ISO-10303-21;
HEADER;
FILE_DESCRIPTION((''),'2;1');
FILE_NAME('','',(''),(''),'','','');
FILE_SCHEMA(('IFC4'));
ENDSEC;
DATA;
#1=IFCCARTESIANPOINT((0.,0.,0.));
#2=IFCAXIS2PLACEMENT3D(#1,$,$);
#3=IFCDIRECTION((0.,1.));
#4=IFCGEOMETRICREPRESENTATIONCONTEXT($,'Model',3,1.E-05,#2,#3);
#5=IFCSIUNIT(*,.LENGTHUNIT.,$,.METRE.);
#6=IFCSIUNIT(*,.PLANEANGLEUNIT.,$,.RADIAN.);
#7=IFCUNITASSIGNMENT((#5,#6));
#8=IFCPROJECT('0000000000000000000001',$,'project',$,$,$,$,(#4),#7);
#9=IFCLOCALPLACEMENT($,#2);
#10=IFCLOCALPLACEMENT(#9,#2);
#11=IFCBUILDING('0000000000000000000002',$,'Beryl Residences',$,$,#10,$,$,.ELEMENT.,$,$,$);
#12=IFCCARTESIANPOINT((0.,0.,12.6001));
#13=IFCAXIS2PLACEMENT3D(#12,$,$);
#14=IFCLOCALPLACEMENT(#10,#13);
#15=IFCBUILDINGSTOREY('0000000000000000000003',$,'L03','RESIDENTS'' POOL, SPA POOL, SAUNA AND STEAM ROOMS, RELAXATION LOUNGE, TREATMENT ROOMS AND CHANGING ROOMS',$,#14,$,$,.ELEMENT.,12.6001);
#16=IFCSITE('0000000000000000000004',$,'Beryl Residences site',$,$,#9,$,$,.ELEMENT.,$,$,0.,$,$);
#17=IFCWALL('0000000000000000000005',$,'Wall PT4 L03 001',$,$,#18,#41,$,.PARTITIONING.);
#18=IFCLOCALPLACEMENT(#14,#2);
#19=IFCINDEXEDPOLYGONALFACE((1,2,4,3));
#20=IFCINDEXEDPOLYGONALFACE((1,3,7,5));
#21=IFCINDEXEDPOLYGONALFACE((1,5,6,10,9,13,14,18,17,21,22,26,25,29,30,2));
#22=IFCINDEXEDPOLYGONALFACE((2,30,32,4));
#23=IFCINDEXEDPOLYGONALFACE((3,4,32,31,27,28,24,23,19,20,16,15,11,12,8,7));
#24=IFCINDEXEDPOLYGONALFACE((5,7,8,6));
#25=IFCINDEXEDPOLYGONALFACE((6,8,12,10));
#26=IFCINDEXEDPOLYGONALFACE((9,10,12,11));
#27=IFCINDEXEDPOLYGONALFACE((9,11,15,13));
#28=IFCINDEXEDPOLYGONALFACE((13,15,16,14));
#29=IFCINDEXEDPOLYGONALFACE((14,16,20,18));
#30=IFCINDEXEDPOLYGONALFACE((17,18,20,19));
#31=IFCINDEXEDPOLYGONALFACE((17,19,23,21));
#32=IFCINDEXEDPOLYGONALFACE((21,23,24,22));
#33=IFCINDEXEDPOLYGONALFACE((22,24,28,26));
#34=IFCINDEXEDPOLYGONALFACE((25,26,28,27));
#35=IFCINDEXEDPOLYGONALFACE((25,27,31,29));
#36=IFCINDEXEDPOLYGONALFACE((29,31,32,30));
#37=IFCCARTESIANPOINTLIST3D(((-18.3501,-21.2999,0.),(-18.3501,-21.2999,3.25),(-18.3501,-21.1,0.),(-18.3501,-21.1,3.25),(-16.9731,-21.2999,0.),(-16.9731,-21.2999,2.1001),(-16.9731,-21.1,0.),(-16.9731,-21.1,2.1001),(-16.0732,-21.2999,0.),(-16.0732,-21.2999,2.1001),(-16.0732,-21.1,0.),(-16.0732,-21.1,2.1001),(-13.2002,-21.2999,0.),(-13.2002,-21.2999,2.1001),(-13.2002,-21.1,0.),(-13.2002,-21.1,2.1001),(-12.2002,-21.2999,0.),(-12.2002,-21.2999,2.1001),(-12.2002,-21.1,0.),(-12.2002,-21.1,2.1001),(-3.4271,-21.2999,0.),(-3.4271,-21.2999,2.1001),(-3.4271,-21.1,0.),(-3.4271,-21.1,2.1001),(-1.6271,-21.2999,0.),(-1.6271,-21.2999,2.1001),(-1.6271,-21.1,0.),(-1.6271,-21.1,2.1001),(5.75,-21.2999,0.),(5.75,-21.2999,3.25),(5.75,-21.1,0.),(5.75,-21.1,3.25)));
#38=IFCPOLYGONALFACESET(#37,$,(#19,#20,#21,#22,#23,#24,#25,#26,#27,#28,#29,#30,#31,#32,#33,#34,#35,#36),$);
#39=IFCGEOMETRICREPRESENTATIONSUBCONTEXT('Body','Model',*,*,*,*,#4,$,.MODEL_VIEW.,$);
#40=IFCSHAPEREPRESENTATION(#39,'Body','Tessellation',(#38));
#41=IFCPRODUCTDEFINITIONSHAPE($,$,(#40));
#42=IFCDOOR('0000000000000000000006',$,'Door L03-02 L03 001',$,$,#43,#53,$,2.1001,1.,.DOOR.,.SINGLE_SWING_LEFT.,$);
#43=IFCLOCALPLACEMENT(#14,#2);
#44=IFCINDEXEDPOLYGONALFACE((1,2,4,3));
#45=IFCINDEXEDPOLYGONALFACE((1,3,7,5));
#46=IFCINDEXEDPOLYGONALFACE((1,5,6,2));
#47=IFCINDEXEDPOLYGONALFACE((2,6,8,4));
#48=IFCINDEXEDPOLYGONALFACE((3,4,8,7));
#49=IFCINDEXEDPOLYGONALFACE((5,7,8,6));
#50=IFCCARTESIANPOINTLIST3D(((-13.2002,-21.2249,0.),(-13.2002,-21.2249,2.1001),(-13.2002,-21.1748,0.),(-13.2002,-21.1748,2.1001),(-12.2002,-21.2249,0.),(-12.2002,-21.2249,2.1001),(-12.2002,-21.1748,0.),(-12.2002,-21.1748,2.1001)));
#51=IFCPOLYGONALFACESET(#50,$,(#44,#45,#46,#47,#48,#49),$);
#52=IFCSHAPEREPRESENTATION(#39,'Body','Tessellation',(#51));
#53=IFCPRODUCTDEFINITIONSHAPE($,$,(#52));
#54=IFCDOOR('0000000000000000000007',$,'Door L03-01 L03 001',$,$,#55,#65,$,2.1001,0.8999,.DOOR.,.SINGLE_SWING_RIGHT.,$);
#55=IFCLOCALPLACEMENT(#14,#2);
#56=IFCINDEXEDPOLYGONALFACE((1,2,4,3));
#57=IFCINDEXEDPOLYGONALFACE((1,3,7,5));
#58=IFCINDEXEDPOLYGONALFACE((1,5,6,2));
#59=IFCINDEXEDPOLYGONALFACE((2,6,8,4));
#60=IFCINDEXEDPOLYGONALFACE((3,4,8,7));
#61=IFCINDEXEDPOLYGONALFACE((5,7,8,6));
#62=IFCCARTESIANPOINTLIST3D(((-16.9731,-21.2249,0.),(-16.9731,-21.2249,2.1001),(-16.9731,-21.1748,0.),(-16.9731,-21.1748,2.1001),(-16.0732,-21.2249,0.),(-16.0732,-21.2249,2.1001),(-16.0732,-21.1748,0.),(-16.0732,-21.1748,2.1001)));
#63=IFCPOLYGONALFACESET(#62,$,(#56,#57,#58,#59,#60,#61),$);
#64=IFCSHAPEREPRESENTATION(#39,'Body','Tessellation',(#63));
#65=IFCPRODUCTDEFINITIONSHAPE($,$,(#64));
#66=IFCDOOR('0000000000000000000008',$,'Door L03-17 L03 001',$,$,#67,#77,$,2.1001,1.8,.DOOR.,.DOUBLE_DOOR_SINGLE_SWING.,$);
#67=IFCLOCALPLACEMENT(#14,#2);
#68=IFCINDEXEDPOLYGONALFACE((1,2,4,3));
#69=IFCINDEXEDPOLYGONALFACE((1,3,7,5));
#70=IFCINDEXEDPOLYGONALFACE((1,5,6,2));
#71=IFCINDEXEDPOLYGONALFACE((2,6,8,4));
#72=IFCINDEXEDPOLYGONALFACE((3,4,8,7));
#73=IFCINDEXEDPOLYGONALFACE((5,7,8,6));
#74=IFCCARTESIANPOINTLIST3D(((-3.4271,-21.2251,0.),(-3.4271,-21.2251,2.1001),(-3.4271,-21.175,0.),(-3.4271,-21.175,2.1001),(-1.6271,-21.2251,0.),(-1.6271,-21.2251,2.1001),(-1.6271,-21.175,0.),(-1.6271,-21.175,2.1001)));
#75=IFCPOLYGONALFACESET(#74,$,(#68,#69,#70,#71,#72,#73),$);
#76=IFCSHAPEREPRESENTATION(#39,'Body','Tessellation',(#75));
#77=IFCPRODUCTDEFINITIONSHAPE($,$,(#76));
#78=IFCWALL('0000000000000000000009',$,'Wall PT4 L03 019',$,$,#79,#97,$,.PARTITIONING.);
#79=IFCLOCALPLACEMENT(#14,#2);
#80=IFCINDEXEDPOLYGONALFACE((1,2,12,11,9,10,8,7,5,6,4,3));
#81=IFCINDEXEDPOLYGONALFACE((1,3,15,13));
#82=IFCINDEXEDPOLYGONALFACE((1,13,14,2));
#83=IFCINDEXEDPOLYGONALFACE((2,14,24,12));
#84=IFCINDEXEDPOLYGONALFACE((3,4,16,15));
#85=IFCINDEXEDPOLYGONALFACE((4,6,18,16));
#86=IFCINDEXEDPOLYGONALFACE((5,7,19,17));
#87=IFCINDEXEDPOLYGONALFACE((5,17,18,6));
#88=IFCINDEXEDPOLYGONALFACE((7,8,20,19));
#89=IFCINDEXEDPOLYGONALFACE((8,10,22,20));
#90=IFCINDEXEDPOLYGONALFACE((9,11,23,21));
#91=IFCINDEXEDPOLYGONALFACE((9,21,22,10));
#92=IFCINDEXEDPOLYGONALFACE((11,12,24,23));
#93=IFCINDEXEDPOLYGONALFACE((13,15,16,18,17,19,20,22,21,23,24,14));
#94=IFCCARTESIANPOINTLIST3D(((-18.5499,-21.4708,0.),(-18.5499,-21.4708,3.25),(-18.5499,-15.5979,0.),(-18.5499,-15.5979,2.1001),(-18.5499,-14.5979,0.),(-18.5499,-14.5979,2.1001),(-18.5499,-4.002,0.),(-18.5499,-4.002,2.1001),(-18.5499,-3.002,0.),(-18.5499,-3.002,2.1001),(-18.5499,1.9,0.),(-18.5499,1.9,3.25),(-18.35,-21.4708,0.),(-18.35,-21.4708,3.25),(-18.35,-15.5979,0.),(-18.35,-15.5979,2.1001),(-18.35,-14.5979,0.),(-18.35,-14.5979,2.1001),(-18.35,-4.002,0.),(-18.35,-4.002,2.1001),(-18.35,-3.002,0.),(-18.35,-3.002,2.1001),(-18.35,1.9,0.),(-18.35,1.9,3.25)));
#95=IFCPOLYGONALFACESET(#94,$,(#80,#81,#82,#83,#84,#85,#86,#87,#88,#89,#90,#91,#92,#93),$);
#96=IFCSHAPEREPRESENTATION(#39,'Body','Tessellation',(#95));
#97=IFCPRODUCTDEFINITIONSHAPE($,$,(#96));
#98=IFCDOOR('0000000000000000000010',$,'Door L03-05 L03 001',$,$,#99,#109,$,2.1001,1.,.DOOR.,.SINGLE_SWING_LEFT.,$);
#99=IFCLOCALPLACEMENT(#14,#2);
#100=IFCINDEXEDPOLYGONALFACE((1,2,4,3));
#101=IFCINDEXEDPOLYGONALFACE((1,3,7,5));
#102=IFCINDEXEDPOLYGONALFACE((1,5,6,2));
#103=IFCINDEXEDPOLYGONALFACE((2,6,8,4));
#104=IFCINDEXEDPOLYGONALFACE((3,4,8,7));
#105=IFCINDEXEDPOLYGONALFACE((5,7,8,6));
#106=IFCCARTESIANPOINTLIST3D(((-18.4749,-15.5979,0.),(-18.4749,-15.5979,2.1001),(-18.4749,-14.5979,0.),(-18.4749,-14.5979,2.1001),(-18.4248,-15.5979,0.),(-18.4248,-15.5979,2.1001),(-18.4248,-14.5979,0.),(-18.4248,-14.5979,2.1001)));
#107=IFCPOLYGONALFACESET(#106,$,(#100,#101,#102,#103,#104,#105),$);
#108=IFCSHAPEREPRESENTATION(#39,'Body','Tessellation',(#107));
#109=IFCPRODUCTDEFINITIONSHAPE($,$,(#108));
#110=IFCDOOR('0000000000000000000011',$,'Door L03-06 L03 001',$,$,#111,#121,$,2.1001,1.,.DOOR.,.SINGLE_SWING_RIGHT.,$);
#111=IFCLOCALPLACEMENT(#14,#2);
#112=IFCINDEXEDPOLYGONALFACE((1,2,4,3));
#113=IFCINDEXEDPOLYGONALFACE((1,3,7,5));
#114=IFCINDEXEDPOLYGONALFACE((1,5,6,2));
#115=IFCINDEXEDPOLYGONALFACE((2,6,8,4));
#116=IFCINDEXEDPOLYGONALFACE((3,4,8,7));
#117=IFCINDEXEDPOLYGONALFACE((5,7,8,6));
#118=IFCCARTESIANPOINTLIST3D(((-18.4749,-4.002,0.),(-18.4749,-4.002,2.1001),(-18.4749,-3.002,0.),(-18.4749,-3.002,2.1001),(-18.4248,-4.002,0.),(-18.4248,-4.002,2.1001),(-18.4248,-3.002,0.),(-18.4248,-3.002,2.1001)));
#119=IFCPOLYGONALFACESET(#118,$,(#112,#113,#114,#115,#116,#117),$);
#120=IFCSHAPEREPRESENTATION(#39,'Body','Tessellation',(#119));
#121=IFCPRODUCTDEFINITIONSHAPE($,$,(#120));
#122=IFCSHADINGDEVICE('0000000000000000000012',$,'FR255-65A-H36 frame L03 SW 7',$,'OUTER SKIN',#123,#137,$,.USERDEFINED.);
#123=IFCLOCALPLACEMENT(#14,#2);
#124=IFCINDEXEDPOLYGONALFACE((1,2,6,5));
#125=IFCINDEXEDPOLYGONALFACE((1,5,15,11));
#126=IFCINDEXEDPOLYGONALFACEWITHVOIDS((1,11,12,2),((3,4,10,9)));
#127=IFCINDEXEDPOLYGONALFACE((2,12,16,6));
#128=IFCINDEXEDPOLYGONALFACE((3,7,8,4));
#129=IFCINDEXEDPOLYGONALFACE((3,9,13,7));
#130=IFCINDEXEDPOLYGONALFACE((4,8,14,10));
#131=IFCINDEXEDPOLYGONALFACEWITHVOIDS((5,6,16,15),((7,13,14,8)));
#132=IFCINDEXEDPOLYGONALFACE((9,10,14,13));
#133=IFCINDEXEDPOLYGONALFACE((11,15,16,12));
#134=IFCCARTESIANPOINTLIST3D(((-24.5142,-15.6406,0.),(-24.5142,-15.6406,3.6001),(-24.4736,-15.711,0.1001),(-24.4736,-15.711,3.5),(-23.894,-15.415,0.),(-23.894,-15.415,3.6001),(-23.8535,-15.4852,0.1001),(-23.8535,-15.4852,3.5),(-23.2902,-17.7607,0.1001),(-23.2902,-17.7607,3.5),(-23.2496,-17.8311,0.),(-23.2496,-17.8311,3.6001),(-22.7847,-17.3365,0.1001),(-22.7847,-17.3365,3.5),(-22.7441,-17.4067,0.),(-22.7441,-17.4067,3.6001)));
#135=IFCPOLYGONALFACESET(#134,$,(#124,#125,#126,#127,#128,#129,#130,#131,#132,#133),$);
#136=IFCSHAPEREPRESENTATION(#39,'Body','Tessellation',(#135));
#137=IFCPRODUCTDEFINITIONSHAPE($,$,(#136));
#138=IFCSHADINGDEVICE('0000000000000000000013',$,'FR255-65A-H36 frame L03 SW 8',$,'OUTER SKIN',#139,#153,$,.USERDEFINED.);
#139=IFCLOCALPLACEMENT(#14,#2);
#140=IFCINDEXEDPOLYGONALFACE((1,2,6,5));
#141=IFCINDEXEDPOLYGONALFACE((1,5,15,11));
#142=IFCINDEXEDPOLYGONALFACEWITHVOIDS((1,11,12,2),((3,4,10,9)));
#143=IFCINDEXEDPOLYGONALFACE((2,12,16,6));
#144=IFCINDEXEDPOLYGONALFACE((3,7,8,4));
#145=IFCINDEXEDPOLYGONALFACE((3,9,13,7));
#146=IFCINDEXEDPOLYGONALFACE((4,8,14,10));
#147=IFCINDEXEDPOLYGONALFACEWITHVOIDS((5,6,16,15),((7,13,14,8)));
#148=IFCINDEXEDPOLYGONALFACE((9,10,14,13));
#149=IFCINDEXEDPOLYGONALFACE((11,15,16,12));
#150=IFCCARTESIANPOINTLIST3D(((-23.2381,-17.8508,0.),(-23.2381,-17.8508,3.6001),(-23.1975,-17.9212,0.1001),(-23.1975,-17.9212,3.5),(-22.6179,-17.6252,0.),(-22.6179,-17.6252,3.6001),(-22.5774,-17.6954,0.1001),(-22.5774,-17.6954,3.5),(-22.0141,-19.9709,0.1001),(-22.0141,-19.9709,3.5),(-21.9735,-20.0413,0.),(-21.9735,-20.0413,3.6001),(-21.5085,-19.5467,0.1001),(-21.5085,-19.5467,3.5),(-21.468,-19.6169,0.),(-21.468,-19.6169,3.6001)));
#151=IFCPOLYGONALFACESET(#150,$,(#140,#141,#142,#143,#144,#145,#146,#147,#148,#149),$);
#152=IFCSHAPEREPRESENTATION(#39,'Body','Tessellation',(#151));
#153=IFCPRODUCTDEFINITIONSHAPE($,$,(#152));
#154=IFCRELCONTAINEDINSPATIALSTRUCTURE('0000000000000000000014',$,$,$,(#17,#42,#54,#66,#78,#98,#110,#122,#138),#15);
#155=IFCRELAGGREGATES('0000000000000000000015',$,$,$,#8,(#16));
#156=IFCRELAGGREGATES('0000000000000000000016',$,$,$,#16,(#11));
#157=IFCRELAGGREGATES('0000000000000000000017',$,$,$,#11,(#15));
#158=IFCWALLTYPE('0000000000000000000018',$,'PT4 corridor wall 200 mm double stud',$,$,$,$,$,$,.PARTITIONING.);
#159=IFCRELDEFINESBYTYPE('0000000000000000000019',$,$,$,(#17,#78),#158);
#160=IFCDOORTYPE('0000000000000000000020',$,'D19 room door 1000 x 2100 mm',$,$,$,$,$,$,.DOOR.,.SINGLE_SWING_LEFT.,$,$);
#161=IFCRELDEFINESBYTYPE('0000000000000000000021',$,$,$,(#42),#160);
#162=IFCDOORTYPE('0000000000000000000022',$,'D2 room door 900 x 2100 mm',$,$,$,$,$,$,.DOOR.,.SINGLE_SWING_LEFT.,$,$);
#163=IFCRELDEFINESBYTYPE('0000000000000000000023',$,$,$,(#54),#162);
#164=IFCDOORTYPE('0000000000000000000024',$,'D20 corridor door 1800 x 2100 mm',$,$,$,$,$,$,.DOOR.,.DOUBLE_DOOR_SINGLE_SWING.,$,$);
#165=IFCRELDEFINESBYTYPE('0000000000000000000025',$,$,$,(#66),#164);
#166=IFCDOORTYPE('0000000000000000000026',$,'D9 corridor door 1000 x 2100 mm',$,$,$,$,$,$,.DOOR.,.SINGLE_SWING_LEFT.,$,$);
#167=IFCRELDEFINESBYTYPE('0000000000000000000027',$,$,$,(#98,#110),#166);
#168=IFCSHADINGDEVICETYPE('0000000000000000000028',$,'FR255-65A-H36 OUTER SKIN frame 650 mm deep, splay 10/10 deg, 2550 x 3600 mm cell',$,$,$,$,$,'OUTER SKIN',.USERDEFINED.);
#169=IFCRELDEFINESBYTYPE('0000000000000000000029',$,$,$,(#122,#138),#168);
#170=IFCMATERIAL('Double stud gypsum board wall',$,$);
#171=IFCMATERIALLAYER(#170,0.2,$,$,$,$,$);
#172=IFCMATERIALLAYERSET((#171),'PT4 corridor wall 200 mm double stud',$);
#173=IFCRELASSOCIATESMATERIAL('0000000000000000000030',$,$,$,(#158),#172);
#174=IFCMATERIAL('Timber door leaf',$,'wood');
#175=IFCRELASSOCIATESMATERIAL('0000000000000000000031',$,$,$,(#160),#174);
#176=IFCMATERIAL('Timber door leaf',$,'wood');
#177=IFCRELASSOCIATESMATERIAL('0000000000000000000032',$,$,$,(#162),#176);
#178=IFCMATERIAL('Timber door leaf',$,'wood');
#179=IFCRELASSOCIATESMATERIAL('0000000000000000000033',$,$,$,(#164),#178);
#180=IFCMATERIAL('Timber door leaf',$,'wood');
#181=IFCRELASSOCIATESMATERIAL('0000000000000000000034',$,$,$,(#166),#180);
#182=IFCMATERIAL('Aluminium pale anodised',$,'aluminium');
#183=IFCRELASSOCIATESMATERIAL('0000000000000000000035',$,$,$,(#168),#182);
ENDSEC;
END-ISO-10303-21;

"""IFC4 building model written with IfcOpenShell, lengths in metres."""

from ifc_helpers import new_model, entity, si_unit, direction, frame, frame_2d, origin, place, context, subcontext, project, spatial, rectangle, extrude, source, transform, mapped, material, layer, layer_set, type_object, type_shapes, element, fill, save


model = new_model("IFC4")

# Units and contexts
model_context = context("Model", 3, precision=1e-05, world=origin(), true_north=direction((0.0, 1.0)))
body_context = subcontext(model_context, "Body", "Model", "MODEL_VIEW")
ifc_project = project(units=[si_unit("LENGTHUNIT", "METRE"), si_unit("PLANEANGLEUNIT", "RADIAN")], contexts=[model_context])

# Site, building, storey
site_placement = place(None, origin())
site = spatial("IfcSite", under=ifc_project, at=site_placement, Name="Beryl Residences site", CompositionType="ELEMENT", RefElevation=0.0)
building_placement = place(site_placement, origin())
building = spatial("IfcBuilding", under=site, at=building_placement, Name="Beryl Residences", CompositionType="ELEMENT")
storey_placement = place(building_placement, frame((0.0, 0.0, 12.6001)))
storey = spatial("IfcBuildingStorey", under=building, at=storey_placement, Name="L03", Description="RESIDENTS' POOL, SPA POOL, SAUNA AND STEAM ROOMS, RELAXATION LOUNGE, TREATMENT ROOMS AND CHANGING ROOMS", CompositionType="ELEMENT", Elevation=12.6001)

# Walls, openings, doors
ifc_material_1 = material(Name="Double stud gypsum board wall")
ifc_layer_1 = layer(ifc_material_1, 0.2)
ifc_layer_set_1 = layer_set([ifc_layer_1], Name="PT4 corridor wall 200 mm double stud")
wall_type = type_object("IfcWallType", Name="PT4 corridor wall 200 mm double stud", PredefinedType="PARTITIONING", material=ifc_layer_set_1)
wall_1_placement = place(storey_placement, frame((-18.3501, -21.2, 0.0), z_axis=(0.0, 0.0, 1.0), x_axis=(1.0, 0.0, 0.0)))
wall_1 = element("IfcWall", 1, at=wall_1_placement, inside=storey, type_object=wall_type, Name="Wall PT4 L03 001", PredefinedType="PARTITIONING", context=body_context, shape_type="SweptSolid", body=[
    extrude(rectangle(XDim=24.1001, YDim=0.2, at=frame_2d((12.05, 0.0))), origin(), (0.0, 0.0, 1.0), 3.25),
])
opening_1_placement = place(wall_1_placement, frame((2.2769, 0.0, 0.0), z_axis=(0.0, 0.0, 1.0), x_axis=(-1.0, 0.0, 0.0)))
opening_1 = element("IfcOpeningElement", 2, at=opening_1_placement, cuts=wall_1, PredefinedType="OPENING", context=body_context, shape_type="SweptSolid", body=[
    extrude(rectangle(XDim=0.8999, YDim=2.1001, at=frame_2d((0.45, 1.05))), frame((0.0, 0.1099, 0.0), z_axis=(0.0, -1.0, 0.0), x_axis=(1.0, 0.0, 0.0)), (0.0, 0.0, 1.0), 0.22),
])
opening_2_placement = place(wall_1_placement, frame((6.1499, 0.0, 0.0), z_axis=(0.0, 0.0, 1.0), x_axis=(-1.0, 0.0, 0.0)))
opening_2 = element("IfcOpeningElement", 3, at=opening_2_placement, cuts=wall_1, PredefinedType="OPENING", context=body_context, shape_type="SweptSolid", body=[
    extrude(rectangle(XDim=1.0, YDim=2.1001, at=frame_2d((0.5, 1.05))), frame((0.0, 0.1099, 0.0), z_axis=(0.0, -1.0, 0.0), x_axis=(1.0, 0.0, 0.0)), (0.0, 0.0, 1.0), 0.22),
])
opening_3_placement = place(wall_1_placement, frame((14.9231, 0.0, 0.0)))
opening_3 = element("IfcOpeningElement", 4, at=opening_3_placement, cuts=wall_1, PredefinedType="OPENING", context=body_context, shape_type="SweptSolid", body=[
    extrude(rectangle(XDim=1.8, YDim=2.1001, at=frame_2d((0.8999, 1.05))), frame((0.0, 0.1099, 0.0), z_axis=(0.0, -1.0, 0.0), x_axis=(1.0, 0.0, 0.0)), (0.0, 0.0, 1.0), 0.22),
])
ifc_material_2 = material(Name="Timber door leaf", Category="wood")
door_type_1 = type_object("IfcDoorType", Name="D19 room door 1000 x 2100 mm", OperationType="SINGLE_SWING_LEFT", PredefinedType="DOOR", material=ifc_material_2)
door_1_placement = place(opening_2_placement, origin())
door_1 = element("IfcDoor", 5, at=door_1_placement, inside=storey, type_object=door_type_1, Name="Door L03-02 L03 001", OperationType="SINGLE_SWING_LEFT", OverallHeight=2.1001, OverallWidth=1.0, PredefinedType="DOOR", context=body_context, shape_type="SweptSolid", body=[
    extrude(rectangle(XDim=1.0, YDim=2.1001, at=frame_2d((0.5, 1.05))), frame((0.0, 0.0249, 0.0), z_axis=(0.0, -1.0, 0.0), x_axis=(1.0, 0.0, 0.0)), (0.0, 0.0, 1.0), 0.05),
])
fill(opening_2, door_1)
ifc_material_3 = material(Name="Timber door leaf", Category="wood")
door_type_2 = type_object("IfcDoorType", Name="D2 room door 900 x 2100 mm", OperationType="SINGLE_SWING_LEFT", PredefinedType="DOOR", material=ifc_material_3)
door_2_placement = place(opening_1_placement, origin())
door_2 = element("IfcDoor", 6, at=door_2_placement, inside=storey, type_object=door_type_2, Name="Door L03-01 L03 001", OperationType="SINGLE_SWING_RIGHT", OverallHeight=2.1001, OverallWidth=0.8999, PredefinedType="DOOR", context=body_context, shape_type="SweptSolid", body=[
    extrude(rectangle(XDim=0.8999, YDim=2.1001, at=frame_2d((0.45, 1.05))), frame((0.0, 0.0249, 0.0), z_axis=(0.0, -1.0, 0.0), x_axis=(1.0, 0.0, 0.0)), (0.0, 0.0, 1.0), 0.05),
])
fill(opening_1, door_2)
ifc_material_4 = material(Name="Timber door leaf", Category="wood")
door_type_3 = type_object("IfcDoorType", Name="D20 corridor door 1800 x 2100 mm", OperationType="DOUBLE_DOOR_SINGLE_SWING", PredefinedType="DOOR", material=ifc_material_4)
door_3_placement = place(opening_3_placement, origin())
door_3 = element("IfcDoor", 7, at=door_3_placement, inside=storey, type_object=door_type_3, Name="Door L03-17 L03 001", OperationType="DOUBLE_DOOR_SINGLE_SWING", OverallHeight=2.1001, OverallWidth=1.8, PredefinedType="DOOR", context=body_context, shape_type="SweptSolid", body=[
    extrude(rectangle(XDim=1.8, YDim=2.1001, at=frame_2d((0.8999, 1.05))), frame((0.0, 0.0249, 0.0), z_axis=(0.0, -1.0, 0.0), x_axis=(1.0, 0.0, 0.0)), (0.0, 0.0, 1.0), 0.05),
])
fill(opening_3, door_3)
wall_2_placement = place(storey_placement, frame((-18.45, -21.4709, 0.0), z_axis=(0.0, 0.0, 1.0), x_axis=(0.0, 1.0, 0.0)))
wall_2 = element("IfcWall", 8, at=wall_2_placement, inside=storey, type_object=wall_type, Name="Wall PT4 L03 019", PredefinedType="PARTITIONING", context=body_context, shape_type="SweptSolid", body=[
    extrude(rectangle(XDim=23.3708, YDim=0.2, at=frame_2d((11.6855, 0.0))), origin(), (0.0, 0.0, 1.0), 3.25),
])
opening_4_placement = place(wall_2_placement, frame((5.873, 0.0, 0.0)))
opening_4 = element("IfcOpeningElement", 9, at=opening_4_placement, cuts=wall_2, PredefinedType="OPENING", context=body_context, shape_type="SweptSolid", body=[
    extrude(rectangle(XDim=1.0, YDim=2.1001, at=frame_2d((0.5, 1.05))), frame((0.0, 0.1099, 0.0), z_axis=(0.0, -1.0, 0.0), x_axis=(1.0, 0.0, 0.0)), (0.0, 0.0, 1.0), 0.22),
])
opening_5_placement = place(wall_2_placement, frame((17.469, 0.0, 0.0)))
opening_5 = element("IfcOpeningElement", 10, at=opening_5_placement, cuts=wall_2, PredefinedType="OPENING", context=body_context, shape_type="SweptSolid", body=[
    extrude(rectangle(XDim=1.0, YDim=2.1001, at=frame_2d((0.5, 1.05))), frame((0.0, 0.1099, 0.0), z_axis=(0.0, -1.0, 0.0), x_axis=(1.0, 0.0, 0.0)), (0.0, 0.0, 1.0), 0.22),
])
ifc_material_5 = material(Name="Timber door leaf", Category="wood")
door_type_4 = type_object("IfcDoorType", Name="D9 corridor door 1000 x 2100 mm", OperationType="SINGLE_SWING_LEFT", PredefinedType="DOOR", material=ifc_material_5)
door_4_placement = place(opening_4_placement, origin())
door_4 = element("IfcDoor", 11, at=door_4_placement, inside=storey, type_object=door_type_4, Name="Door L03-05 L03 001", OperationType="SINGLE_SWING_LEFT", OverallHeight=2.1001, OverallWidth=1.0, PredefinedType="DOOR", context=body_context, shape_type="SweptSolid", body=[
    extrude(rectangle(XDim=1.0, YDim=2.1001, at=frame_2d((0.5, 1.05))), frame((0.0, 0.0249, 0.0), z_axis=(0.0, -1.0, 0.0), x_axis=(1.0, 0.0, 0.0)), (0.0, 0.0, 1.0), 0.05),
])
fill(opening_4, door_4)
door_5_placement = place(opening_5_placement, origin())
door_5 = element("IfcDoor", 12, at=door_5_placement, inside=storey, type_object=door_type_4, Name="Door L03-06 L03 001", OperationType="SINGLE_SWING_RIGHT", OverallHeight=2.1001, OverallWidth=1.0, PredefinedType="DOOR", context=body_context, shape_type="SweptSolid", body=[
    extrude(rectangle(XDim=1.0, YDim=2.1001, at=frame_2d((0.5, 1.05))), frame((0.0, 0.0249, 0.0), z_axis=(0.0, -1.0, 0.0), x_axis=(1.0, 0.0, 0.0)), (0.0, 0.0, 1.0), 0.05),
])
fill(opening_5, door_5)

# Shading devices
ifc_material_6 = material(Name="Aluminium pale anodised", Category="aluminium")
shading_device_type = type_object("IfcShadingDeviceType", Name="FR255-65A-H36 OUTER SKIN frame 650 mm deep, splay 10/10 deg, 2550 x 3600 mm cell", ElementType="OUTER SKIN", PredefinedType="USERDEFINED", material=ifc_material_6)
cartesian_point_1 = entity("IfcCartesianPoint", [-1.1499, 0.0])
cartesian_point_2 = entity("IfcCartesianPoint", [-1.0688, 0.1001])
cartesian_point_3 = entity("IfcCartesianPoint", [-1.2646, 0.0])
cartesian_point_4 = entity("IfcCartesianPoint", [-1.1833, 0.1001])
shared_shape = source(origin(), body_context, "Body", "SweptSolid", [
    entity("IfcExtrudedAreaSolidTapered", entity("IfcArbitraryProfileDefWithVoids", "AREA", None, entity("IfcPolyline", [cartesian_point_1, entity("IfcCartesianPoint", [1.1499, 0.0]), entity("IfcCartesianPoint", [1.1499, 3.6001]), entity("IfcCartesianPoint", [-1.1499, 3.6001]), cartesian_point_1]), [entity("IfcPolyline", [cartesian_point_2, entity("IfcCartesianPoint", [1.0688, 0.1001]), entity("IfcCartesianPoint", [1.0688, 3.5]), entity("IfcCartesianPoint", [-1.0688, 3.5]), cartesian_point_2])]), entity("IfcAxis2Placement3D", entity("IfcCartesianPoint", [0.0, 0.0, 0.0]), entity("IfcDirection", [0.0, 1.0, 0.0]), entity("IfcDirection", [-1.0, 0.0, 0.0])), entity("IfcDirection", [0.0, 0.0, 1.0]), 0.6499, entity("IfcArbitraryProfileDefWithVoids", "AREA", None, entity("IfcPolyline", [cartesian_point_3, entity("IfcCartesianPoint", [1.2646, 0.0]), entity("IfcCartesianPoint", [1.2646, 3.6001]), entity("IfcCartesianPoint", [-1.2646, 3.6001]), cartesian_point_3]), [entity("IfcPolyline", [cartesian_point_4, entity("IfcCartesianPoint", [1.1833, 0.1001]), entity("IfcCartesianPoint", [1.1833, 3.5]), entity("IfcCartesianPoint", [-1.1833, 3.5]), cartesian_point_4])])),
])
type_shapes(shading_device_type, [shared_shape])
for number, where, z_axis, x_axis, name in (
    (13, (-23.3191, -16.4109, 0.0), (0.0, 0.0, 1.0), (-0.5, 0.866025, 0.0), "FR255-65A-H36 frame L03 SW 7"),
    (14, (-22.043, -18.6211, 0.0), (0.0, 0.0, 1.0), (-0.5, 0.866025, 0.0), "FR255-65A-H36 frame L03 SW 8"),
):
    element("IfcShadingDevice", number, at=place(storey_placement, frame(where, z_axis=z_axis, x_axis=x_axis)), inside=storey, type_object=shading_device_type, Name=name, ObjectType="OUTER SKIN", PredefinedType="USERDEFINED", context=body_context, shape_type="MappedRepresentation", body=[
        mapped(shared_shape, transform((0.0, 0.0, 0.0))),
    ])

save(model, "model.ifc")
